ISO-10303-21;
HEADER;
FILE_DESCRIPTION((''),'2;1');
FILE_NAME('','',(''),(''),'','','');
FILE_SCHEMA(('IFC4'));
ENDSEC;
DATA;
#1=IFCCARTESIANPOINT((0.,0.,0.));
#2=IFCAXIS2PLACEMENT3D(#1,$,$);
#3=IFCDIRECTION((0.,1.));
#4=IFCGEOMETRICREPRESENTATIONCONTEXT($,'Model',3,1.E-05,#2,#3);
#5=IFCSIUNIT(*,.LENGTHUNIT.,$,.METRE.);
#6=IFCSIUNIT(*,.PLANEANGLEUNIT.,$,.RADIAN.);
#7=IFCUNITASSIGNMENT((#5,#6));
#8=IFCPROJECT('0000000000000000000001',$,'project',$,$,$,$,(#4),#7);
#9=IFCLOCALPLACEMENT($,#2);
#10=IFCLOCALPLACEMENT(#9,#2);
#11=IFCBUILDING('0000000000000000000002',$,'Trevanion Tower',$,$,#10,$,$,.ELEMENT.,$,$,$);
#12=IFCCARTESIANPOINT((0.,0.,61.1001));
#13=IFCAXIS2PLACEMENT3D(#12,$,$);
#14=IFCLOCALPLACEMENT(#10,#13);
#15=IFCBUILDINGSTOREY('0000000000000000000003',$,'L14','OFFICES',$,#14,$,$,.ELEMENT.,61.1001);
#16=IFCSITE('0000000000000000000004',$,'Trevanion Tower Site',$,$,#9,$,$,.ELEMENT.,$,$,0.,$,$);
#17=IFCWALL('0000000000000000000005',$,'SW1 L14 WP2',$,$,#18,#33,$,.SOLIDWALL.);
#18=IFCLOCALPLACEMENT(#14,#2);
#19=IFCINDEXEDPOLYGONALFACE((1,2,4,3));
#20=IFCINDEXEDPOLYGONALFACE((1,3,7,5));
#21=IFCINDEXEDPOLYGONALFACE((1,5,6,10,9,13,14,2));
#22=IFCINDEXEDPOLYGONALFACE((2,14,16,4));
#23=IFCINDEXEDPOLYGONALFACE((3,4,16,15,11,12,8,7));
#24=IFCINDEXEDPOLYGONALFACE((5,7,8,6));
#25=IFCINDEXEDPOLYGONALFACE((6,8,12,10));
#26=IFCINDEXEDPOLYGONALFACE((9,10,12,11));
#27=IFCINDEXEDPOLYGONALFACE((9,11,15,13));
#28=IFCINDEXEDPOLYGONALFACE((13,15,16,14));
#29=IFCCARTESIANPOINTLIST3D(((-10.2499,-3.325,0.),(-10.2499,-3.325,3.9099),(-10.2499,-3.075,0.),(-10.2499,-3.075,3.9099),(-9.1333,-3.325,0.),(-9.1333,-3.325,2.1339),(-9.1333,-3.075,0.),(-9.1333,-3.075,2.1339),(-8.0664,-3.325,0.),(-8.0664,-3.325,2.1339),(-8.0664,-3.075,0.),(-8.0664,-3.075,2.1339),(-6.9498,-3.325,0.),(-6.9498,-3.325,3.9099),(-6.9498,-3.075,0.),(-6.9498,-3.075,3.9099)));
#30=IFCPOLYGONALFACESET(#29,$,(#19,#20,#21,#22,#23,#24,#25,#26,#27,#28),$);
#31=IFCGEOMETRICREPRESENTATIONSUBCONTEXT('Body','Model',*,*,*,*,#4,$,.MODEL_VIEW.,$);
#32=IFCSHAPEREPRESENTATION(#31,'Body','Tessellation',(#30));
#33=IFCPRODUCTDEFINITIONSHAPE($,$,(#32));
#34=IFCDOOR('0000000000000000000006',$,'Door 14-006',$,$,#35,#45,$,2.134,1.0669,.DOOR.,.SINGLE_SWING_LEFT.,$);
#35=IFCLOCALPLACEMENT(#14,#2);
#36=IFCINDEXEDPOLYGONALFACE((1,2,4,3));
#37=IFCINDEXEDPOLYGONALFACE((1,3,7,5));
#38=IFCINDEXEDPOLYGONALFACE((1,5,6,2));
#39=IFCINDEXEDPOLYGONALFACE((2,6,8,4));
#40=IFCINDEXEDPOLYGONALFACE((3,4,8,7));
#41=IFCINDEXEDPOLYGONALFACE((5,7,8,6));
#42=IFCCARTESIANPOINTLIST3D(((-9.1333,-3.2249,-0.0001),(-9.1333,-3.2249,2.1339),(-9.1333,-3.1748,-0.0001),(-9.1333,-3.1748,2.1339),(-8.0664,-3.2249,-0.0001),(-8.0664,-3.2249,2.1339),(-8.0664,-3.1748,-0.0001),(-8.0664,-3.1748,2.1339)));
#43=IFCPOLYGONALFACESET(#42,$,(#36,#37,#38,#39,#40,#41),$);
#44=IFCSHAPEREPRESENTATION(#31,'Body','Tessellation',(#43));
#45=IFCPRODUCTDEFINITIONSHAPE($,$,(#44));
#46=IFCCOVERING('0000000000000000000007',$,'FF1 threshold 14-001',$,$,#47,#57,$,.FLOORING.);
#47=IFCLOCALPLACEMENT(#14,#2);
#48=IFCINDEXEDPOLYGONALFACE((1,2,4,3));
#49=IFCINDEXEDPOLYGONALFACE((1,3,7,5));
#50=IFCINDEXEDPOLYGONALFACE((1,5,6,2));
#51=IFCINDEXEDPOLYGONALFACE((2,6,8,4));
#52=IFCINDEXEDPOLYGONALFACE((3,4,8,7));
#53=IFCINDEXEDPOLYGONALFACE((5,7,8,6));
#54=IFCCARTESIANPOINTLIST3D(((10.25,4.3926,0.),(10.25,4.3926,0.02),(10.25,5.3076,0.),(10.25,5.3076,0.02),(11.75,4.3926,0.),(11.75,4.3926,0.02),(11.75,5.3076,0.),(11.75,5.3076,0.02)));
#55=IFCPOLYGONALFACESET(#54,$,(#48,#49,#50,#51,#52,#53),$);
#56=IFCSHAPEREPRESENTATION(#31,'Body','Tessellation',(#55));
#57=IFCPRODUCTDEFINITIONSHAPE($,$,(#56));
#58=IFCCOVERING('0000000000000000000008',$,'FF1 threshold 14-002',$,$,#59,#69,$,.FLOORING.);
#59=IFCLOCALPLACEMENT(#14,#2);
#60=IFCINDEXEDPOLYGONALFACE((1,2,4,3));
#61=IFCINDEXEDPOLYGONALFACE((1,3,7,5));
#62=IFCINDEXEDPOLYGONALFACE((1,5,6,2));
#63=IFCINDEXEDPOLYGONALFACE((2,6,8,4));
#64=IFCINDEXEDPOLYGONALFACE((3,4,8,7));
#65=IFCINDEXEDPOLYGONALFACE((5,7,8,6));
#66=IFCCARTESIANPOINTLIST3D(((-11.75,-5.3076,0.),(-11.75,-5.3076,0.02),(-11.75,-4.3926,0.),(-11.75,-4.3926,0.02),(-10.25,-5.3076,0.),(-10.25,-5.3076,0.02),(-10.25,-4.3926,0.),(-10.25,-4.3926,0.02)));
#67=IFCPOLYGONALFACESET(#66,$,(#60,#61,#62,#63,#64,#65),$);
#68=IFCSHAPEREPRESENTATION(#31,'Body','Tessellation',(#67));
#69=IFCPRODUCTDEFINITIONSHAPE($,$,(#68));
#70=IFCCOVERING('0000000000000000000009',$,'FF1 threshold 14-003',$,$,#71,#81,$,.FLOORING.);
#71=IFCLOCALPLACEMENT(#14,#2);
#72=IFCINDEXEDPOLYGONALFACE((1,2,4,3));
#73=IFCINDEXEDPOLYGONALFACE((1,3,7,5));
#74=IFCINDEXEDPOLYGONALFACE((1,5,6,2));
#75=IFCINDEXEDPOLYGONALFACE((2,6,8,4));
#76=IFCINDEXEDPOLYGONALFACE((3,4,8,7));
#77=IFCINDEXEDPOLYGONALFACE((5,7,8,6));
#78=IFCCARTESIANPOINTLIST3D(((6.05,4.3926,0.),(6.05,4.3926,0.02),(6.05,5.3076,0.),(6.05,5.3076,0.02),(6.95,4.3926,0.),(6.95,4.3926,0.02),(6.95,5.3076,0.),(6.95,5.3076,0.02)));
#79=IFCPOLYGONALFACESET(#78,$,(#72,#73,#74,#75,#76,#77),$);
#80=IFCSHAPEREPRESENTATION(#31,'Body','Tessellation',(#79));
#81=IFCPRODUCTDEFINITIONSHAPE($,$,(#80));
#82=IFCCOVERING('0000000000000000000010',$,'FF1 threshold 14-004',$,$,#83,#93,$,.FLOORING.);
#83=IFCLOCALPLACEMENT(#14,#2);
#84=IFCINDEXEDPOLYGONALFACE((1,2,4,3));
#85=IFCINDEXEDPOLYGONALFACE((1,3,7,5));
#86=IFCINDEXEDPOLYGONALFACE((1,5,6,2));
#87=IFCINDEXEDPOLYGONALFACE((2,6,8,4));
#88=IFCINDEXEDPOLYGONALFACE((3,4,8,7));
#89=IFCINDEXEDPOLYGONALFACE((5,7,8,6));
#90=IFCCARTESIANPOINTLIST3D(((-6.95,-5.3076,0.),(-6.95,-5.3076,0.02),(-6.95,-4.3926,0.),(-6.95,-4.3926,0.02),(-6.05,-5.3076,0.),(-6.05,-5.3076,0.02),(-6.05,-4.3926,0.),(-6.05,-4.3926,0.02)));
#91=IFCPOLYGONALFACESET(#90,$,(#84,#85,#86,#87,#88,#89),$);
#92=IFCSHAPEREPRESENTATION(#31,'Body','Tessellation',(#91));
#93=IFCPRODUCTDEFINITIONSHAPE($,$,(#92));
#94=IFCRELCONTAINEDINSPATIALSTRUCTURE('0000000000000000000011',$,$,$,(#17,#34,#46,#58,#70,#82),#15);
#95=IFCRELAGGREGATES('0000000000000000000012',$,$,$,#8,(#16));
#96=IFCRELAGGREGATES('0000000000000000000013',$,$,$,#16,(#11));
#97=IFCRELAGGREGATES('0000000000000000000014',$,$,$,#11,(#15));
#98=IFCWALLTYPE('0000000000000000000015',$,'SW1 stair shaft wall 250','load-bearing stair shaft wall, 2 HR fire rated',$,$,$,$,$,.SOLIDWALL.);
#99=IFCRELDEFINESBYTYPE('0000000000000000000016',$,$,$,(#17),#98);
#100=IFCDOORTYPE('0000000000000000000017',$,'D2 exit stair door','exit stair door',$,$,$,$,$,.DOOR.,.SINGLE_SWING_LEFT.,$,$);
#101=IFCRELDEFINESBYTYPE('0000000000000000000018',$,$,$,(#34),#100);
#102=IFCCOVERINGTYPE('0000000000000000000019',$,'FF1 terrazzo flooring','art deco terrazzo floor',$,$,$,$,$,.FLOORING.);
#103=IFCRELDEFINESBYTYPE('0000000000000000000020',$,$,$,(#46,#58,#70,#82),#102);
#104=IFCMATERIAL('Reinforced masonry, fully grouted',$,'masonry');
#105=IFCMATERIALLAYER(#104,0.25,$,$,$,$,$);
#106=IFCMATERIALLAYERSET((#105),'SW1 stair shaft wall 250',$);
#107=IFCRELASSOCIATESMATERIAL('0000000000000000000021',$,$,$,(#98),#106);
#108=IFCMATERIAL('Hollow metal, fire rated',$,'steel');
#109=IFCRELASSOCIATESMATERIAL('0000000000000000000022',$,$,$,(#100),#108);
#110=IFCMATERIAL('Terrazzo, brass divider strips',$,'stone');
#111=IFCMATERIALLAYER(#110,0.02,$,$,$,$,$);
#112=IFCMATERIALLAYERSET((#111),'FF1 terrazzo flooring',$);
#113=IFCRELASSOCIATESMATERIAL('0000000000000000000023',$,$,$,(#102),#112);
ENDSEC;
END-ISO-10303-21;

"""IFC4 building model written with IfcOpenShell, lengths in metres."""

from ifc_helpers import new_model, si_unit, direction, frame, frame_2d, origin, place, context, subcontext, project, spatial, polyline, rectangle, outline, extrude, material, layer, layer_set, type_object, element, fill, save


model = new_model("IFC4")

# Units and contexts
model_context = context("Model", 3, precision=1e-05, world=origin(), true_north=direction((0.0, 1.0)))
body_context = subcontext(model_context, "Body", "Model", "MODEL_VIEW")
ifc_project = project(units=[si_unit("LENGTHUNIT", "METRE"), si_unit("PLANEANGLEUNIT", "RADIAN")], contexts=[model_context])

# Site, building, storey
site_placement = place(None, origin())
site = spatial("IfcSite", under=ifc_project, at=site_placement, Name="Trevanion Tower Site", CompositionType="ELEMENT", RefElevation=0.0)
building_placement = place(site_placement, origin())
building = spatial("IfcBuilding", under=site, at=building_placement, Name="Trevanion Tower", CompositionType="ELEMENT")
storey_placement = place(building_placement, frame((0.0, 0.0, 61.1001)))
storey = spatial("IfcBuildingStorey", under=building, at=storey_placement, Name="L14", Description="OFFICES", CompositionType="ELEMENT", Elevation=61.1001)

# Wall, opening, door
ifc_material_1 = material(Name="Reinforced masonry, fully grouted", Category="masonry")
ifc_layer_1 = layer(ifc_material_1, 0.25)
ifc_layer_set_1 = layer_set([ifc_layer_1], Name="SW1 stair shaft wall 250")
wall_type_1 = type_object("IfcWallType", Name="SW1 stair shaft wall 250", Description="load-bearing stair shaft wall, 2 HR fire rated", PredefinedType="SOLIDWALL", material=ifc_layer_set_1)
wall_1_placement = place(storey_placement, frame((-6.95, -3.2, 0.0), z_axis=(0.0, 0.0, 1.0), x_axis=(-1.0, 0.0, 0.0)))
wall_1 = element("IfcWall", 1, at=wall_1_placement, inside=storey, type_object=wall_type_1, Name="SW1 L14 WP2", PredefinedType="SOLIDWALL", context=body_context, shape_type="SweptSolid", body=[
    extrude(rectangle(XDim=3.3, YDim=0.25, at=frame_2d((1.6499, 0.0))), origin(), (0.0, 0.0, 1.0), 3.9099),
])
opening_1_placement = place(wall_1_placement, frame((1.1165, 0.0, 0.0)))
opening_1 = element("IfcOpeningElement", 2, at=opening_1_placement, cuts=wall_1, PredefinedType="OPENING", context=body_context, shape_type="SweptSolid", body=[
    extrude(rectangle(XDim=1.0669, YDim=2.134, at=frame_2d((0.5334, 1.0669))), frame((0.0, 0.135, 0.0), z_axis=(0.0, -1.0, 0.0), x_axis=(1.0, 0.0, 0.0)), (0.0, 0.0, 1.0), 0.27),
])
ifc_material_2 = material(Name="Hollow metal, fire rated", Category="steel")
door_type_1 = type_object("IfcDoorType", Name="D2 exit stair door", Description="exit stair door", OperationType="SINGLE_SWING_LEFT", PredefinedType="DOOR", material=ifc_material_2)
door_1_placement = place(opening_1_placement, origin())
door_1 = element("IfcDoor", 3, at=door_1_placement, inside=storey, type_object=door_type_1, Name="Door 14-006", OperationType="SINGLE_SWING_LEFT", OverallHeight=2.134, OverallWidth=1.0669, PredefinedType="DOOR", context=body_context, shape_type="SweptSolid", body=[
    extrude(rectangle(XDim=1.0669, YDim=2.134, at=frame_2d((0.5334, 1.0669))), frame((0.0, 0.0249, 0.0), z_axis=(0.0, -1.0, 0.0), x_axis=(1.0, 0.0, 0.0)), (0.0, 0.0, 1.0), 0.05),
])
fill(opening_1, door_1)

# Coverings
ifc_material_3 = material(Name="Terrazzo, brass divider strips", Category="stone")
ifc_layer_2 = layer(ifc_material_3, 0.02)
ifc_layer_set_2 = layer_set([ifc_layer_2], Name="FF1 terrazzo flooring")
covering_type = type_object("IfcCoveringType", Name="FF1 terrazzo flooring", Description="art deco terrazzo floor", PredefinedType="FLOORING", material=ifc_layer_set_2)
covering_1_placement = place(storey_placement, origin())
element("IfcCovering", 4, at=covering_1_placement, inside=storey, type_object=covering_type, Name="FF1 threshold 14-001", PredefinedType="FLOORING", context=body_context, shape_type="SweptSolid", body=[
    extrude(outline(polyline([(11.75, 4.3926), (11.75, 5.3076), (10.25, 5.3076), (10.25, 4.3926), (11.75, 4.3926)])), origin(), (0.0, 0.0, 1.0), 0.02),
])
covering_2_placement = place(storey_placement, origin())
element("IfcCovering", 5, at=covering_2_placement, inside=storey, type_object=covering_type, Name="FF1 threshold 14-002", PredefinedType="FLOORING", context=body_context, shape_type="SweptSolid", body=[
    extrude(outline(polyline([(-11.75, -4.3926), (-11.75, -5.3076), (-10.25, -5.3076), (-10.25, -4.3926), (-11.75, -4.3926)])), origin(), (0.0, 0.0, 1.0), 0.02),
])
covering_3_placement = place(storey_placement, origin())
element("IfcCovering", 6, at=covering_3_placement, inside=storey, type_object=covering_type, Name="FF1 threshold 14-003", PredefinedType="FLOORING", context=body_context, shape_type="SweptSolid", body=[
    extrude(outline(polyline([(6.95, 4.3926), (6.95, 5.3076), (6.05, 5.3076), (6.05, 4.3926), (6.95, 4.3926)])), origin(), (0.0, 0.0, 1.0), 0.02),
])
covering_4_placement = place(storey_placement, origin())
element("IfcCovering", 7, at=covering_4_placement, inside=storey, type_object=covering_type, Name="FF1 threshold 14-004", PredefinedType="FLOORING", context=body_context, shape_type="SweptSolid", body=[
    extrude(outline(polyline([(-6.95, -4.3926), (-6.95, -5.3076), (-6.05, -5.3076), (-6.05, -4.3926), (-6.95, -4.3926)])), origin(), (0.0, 0.0, 1.0), 0.02),
])

save(model, "model.ifc")
